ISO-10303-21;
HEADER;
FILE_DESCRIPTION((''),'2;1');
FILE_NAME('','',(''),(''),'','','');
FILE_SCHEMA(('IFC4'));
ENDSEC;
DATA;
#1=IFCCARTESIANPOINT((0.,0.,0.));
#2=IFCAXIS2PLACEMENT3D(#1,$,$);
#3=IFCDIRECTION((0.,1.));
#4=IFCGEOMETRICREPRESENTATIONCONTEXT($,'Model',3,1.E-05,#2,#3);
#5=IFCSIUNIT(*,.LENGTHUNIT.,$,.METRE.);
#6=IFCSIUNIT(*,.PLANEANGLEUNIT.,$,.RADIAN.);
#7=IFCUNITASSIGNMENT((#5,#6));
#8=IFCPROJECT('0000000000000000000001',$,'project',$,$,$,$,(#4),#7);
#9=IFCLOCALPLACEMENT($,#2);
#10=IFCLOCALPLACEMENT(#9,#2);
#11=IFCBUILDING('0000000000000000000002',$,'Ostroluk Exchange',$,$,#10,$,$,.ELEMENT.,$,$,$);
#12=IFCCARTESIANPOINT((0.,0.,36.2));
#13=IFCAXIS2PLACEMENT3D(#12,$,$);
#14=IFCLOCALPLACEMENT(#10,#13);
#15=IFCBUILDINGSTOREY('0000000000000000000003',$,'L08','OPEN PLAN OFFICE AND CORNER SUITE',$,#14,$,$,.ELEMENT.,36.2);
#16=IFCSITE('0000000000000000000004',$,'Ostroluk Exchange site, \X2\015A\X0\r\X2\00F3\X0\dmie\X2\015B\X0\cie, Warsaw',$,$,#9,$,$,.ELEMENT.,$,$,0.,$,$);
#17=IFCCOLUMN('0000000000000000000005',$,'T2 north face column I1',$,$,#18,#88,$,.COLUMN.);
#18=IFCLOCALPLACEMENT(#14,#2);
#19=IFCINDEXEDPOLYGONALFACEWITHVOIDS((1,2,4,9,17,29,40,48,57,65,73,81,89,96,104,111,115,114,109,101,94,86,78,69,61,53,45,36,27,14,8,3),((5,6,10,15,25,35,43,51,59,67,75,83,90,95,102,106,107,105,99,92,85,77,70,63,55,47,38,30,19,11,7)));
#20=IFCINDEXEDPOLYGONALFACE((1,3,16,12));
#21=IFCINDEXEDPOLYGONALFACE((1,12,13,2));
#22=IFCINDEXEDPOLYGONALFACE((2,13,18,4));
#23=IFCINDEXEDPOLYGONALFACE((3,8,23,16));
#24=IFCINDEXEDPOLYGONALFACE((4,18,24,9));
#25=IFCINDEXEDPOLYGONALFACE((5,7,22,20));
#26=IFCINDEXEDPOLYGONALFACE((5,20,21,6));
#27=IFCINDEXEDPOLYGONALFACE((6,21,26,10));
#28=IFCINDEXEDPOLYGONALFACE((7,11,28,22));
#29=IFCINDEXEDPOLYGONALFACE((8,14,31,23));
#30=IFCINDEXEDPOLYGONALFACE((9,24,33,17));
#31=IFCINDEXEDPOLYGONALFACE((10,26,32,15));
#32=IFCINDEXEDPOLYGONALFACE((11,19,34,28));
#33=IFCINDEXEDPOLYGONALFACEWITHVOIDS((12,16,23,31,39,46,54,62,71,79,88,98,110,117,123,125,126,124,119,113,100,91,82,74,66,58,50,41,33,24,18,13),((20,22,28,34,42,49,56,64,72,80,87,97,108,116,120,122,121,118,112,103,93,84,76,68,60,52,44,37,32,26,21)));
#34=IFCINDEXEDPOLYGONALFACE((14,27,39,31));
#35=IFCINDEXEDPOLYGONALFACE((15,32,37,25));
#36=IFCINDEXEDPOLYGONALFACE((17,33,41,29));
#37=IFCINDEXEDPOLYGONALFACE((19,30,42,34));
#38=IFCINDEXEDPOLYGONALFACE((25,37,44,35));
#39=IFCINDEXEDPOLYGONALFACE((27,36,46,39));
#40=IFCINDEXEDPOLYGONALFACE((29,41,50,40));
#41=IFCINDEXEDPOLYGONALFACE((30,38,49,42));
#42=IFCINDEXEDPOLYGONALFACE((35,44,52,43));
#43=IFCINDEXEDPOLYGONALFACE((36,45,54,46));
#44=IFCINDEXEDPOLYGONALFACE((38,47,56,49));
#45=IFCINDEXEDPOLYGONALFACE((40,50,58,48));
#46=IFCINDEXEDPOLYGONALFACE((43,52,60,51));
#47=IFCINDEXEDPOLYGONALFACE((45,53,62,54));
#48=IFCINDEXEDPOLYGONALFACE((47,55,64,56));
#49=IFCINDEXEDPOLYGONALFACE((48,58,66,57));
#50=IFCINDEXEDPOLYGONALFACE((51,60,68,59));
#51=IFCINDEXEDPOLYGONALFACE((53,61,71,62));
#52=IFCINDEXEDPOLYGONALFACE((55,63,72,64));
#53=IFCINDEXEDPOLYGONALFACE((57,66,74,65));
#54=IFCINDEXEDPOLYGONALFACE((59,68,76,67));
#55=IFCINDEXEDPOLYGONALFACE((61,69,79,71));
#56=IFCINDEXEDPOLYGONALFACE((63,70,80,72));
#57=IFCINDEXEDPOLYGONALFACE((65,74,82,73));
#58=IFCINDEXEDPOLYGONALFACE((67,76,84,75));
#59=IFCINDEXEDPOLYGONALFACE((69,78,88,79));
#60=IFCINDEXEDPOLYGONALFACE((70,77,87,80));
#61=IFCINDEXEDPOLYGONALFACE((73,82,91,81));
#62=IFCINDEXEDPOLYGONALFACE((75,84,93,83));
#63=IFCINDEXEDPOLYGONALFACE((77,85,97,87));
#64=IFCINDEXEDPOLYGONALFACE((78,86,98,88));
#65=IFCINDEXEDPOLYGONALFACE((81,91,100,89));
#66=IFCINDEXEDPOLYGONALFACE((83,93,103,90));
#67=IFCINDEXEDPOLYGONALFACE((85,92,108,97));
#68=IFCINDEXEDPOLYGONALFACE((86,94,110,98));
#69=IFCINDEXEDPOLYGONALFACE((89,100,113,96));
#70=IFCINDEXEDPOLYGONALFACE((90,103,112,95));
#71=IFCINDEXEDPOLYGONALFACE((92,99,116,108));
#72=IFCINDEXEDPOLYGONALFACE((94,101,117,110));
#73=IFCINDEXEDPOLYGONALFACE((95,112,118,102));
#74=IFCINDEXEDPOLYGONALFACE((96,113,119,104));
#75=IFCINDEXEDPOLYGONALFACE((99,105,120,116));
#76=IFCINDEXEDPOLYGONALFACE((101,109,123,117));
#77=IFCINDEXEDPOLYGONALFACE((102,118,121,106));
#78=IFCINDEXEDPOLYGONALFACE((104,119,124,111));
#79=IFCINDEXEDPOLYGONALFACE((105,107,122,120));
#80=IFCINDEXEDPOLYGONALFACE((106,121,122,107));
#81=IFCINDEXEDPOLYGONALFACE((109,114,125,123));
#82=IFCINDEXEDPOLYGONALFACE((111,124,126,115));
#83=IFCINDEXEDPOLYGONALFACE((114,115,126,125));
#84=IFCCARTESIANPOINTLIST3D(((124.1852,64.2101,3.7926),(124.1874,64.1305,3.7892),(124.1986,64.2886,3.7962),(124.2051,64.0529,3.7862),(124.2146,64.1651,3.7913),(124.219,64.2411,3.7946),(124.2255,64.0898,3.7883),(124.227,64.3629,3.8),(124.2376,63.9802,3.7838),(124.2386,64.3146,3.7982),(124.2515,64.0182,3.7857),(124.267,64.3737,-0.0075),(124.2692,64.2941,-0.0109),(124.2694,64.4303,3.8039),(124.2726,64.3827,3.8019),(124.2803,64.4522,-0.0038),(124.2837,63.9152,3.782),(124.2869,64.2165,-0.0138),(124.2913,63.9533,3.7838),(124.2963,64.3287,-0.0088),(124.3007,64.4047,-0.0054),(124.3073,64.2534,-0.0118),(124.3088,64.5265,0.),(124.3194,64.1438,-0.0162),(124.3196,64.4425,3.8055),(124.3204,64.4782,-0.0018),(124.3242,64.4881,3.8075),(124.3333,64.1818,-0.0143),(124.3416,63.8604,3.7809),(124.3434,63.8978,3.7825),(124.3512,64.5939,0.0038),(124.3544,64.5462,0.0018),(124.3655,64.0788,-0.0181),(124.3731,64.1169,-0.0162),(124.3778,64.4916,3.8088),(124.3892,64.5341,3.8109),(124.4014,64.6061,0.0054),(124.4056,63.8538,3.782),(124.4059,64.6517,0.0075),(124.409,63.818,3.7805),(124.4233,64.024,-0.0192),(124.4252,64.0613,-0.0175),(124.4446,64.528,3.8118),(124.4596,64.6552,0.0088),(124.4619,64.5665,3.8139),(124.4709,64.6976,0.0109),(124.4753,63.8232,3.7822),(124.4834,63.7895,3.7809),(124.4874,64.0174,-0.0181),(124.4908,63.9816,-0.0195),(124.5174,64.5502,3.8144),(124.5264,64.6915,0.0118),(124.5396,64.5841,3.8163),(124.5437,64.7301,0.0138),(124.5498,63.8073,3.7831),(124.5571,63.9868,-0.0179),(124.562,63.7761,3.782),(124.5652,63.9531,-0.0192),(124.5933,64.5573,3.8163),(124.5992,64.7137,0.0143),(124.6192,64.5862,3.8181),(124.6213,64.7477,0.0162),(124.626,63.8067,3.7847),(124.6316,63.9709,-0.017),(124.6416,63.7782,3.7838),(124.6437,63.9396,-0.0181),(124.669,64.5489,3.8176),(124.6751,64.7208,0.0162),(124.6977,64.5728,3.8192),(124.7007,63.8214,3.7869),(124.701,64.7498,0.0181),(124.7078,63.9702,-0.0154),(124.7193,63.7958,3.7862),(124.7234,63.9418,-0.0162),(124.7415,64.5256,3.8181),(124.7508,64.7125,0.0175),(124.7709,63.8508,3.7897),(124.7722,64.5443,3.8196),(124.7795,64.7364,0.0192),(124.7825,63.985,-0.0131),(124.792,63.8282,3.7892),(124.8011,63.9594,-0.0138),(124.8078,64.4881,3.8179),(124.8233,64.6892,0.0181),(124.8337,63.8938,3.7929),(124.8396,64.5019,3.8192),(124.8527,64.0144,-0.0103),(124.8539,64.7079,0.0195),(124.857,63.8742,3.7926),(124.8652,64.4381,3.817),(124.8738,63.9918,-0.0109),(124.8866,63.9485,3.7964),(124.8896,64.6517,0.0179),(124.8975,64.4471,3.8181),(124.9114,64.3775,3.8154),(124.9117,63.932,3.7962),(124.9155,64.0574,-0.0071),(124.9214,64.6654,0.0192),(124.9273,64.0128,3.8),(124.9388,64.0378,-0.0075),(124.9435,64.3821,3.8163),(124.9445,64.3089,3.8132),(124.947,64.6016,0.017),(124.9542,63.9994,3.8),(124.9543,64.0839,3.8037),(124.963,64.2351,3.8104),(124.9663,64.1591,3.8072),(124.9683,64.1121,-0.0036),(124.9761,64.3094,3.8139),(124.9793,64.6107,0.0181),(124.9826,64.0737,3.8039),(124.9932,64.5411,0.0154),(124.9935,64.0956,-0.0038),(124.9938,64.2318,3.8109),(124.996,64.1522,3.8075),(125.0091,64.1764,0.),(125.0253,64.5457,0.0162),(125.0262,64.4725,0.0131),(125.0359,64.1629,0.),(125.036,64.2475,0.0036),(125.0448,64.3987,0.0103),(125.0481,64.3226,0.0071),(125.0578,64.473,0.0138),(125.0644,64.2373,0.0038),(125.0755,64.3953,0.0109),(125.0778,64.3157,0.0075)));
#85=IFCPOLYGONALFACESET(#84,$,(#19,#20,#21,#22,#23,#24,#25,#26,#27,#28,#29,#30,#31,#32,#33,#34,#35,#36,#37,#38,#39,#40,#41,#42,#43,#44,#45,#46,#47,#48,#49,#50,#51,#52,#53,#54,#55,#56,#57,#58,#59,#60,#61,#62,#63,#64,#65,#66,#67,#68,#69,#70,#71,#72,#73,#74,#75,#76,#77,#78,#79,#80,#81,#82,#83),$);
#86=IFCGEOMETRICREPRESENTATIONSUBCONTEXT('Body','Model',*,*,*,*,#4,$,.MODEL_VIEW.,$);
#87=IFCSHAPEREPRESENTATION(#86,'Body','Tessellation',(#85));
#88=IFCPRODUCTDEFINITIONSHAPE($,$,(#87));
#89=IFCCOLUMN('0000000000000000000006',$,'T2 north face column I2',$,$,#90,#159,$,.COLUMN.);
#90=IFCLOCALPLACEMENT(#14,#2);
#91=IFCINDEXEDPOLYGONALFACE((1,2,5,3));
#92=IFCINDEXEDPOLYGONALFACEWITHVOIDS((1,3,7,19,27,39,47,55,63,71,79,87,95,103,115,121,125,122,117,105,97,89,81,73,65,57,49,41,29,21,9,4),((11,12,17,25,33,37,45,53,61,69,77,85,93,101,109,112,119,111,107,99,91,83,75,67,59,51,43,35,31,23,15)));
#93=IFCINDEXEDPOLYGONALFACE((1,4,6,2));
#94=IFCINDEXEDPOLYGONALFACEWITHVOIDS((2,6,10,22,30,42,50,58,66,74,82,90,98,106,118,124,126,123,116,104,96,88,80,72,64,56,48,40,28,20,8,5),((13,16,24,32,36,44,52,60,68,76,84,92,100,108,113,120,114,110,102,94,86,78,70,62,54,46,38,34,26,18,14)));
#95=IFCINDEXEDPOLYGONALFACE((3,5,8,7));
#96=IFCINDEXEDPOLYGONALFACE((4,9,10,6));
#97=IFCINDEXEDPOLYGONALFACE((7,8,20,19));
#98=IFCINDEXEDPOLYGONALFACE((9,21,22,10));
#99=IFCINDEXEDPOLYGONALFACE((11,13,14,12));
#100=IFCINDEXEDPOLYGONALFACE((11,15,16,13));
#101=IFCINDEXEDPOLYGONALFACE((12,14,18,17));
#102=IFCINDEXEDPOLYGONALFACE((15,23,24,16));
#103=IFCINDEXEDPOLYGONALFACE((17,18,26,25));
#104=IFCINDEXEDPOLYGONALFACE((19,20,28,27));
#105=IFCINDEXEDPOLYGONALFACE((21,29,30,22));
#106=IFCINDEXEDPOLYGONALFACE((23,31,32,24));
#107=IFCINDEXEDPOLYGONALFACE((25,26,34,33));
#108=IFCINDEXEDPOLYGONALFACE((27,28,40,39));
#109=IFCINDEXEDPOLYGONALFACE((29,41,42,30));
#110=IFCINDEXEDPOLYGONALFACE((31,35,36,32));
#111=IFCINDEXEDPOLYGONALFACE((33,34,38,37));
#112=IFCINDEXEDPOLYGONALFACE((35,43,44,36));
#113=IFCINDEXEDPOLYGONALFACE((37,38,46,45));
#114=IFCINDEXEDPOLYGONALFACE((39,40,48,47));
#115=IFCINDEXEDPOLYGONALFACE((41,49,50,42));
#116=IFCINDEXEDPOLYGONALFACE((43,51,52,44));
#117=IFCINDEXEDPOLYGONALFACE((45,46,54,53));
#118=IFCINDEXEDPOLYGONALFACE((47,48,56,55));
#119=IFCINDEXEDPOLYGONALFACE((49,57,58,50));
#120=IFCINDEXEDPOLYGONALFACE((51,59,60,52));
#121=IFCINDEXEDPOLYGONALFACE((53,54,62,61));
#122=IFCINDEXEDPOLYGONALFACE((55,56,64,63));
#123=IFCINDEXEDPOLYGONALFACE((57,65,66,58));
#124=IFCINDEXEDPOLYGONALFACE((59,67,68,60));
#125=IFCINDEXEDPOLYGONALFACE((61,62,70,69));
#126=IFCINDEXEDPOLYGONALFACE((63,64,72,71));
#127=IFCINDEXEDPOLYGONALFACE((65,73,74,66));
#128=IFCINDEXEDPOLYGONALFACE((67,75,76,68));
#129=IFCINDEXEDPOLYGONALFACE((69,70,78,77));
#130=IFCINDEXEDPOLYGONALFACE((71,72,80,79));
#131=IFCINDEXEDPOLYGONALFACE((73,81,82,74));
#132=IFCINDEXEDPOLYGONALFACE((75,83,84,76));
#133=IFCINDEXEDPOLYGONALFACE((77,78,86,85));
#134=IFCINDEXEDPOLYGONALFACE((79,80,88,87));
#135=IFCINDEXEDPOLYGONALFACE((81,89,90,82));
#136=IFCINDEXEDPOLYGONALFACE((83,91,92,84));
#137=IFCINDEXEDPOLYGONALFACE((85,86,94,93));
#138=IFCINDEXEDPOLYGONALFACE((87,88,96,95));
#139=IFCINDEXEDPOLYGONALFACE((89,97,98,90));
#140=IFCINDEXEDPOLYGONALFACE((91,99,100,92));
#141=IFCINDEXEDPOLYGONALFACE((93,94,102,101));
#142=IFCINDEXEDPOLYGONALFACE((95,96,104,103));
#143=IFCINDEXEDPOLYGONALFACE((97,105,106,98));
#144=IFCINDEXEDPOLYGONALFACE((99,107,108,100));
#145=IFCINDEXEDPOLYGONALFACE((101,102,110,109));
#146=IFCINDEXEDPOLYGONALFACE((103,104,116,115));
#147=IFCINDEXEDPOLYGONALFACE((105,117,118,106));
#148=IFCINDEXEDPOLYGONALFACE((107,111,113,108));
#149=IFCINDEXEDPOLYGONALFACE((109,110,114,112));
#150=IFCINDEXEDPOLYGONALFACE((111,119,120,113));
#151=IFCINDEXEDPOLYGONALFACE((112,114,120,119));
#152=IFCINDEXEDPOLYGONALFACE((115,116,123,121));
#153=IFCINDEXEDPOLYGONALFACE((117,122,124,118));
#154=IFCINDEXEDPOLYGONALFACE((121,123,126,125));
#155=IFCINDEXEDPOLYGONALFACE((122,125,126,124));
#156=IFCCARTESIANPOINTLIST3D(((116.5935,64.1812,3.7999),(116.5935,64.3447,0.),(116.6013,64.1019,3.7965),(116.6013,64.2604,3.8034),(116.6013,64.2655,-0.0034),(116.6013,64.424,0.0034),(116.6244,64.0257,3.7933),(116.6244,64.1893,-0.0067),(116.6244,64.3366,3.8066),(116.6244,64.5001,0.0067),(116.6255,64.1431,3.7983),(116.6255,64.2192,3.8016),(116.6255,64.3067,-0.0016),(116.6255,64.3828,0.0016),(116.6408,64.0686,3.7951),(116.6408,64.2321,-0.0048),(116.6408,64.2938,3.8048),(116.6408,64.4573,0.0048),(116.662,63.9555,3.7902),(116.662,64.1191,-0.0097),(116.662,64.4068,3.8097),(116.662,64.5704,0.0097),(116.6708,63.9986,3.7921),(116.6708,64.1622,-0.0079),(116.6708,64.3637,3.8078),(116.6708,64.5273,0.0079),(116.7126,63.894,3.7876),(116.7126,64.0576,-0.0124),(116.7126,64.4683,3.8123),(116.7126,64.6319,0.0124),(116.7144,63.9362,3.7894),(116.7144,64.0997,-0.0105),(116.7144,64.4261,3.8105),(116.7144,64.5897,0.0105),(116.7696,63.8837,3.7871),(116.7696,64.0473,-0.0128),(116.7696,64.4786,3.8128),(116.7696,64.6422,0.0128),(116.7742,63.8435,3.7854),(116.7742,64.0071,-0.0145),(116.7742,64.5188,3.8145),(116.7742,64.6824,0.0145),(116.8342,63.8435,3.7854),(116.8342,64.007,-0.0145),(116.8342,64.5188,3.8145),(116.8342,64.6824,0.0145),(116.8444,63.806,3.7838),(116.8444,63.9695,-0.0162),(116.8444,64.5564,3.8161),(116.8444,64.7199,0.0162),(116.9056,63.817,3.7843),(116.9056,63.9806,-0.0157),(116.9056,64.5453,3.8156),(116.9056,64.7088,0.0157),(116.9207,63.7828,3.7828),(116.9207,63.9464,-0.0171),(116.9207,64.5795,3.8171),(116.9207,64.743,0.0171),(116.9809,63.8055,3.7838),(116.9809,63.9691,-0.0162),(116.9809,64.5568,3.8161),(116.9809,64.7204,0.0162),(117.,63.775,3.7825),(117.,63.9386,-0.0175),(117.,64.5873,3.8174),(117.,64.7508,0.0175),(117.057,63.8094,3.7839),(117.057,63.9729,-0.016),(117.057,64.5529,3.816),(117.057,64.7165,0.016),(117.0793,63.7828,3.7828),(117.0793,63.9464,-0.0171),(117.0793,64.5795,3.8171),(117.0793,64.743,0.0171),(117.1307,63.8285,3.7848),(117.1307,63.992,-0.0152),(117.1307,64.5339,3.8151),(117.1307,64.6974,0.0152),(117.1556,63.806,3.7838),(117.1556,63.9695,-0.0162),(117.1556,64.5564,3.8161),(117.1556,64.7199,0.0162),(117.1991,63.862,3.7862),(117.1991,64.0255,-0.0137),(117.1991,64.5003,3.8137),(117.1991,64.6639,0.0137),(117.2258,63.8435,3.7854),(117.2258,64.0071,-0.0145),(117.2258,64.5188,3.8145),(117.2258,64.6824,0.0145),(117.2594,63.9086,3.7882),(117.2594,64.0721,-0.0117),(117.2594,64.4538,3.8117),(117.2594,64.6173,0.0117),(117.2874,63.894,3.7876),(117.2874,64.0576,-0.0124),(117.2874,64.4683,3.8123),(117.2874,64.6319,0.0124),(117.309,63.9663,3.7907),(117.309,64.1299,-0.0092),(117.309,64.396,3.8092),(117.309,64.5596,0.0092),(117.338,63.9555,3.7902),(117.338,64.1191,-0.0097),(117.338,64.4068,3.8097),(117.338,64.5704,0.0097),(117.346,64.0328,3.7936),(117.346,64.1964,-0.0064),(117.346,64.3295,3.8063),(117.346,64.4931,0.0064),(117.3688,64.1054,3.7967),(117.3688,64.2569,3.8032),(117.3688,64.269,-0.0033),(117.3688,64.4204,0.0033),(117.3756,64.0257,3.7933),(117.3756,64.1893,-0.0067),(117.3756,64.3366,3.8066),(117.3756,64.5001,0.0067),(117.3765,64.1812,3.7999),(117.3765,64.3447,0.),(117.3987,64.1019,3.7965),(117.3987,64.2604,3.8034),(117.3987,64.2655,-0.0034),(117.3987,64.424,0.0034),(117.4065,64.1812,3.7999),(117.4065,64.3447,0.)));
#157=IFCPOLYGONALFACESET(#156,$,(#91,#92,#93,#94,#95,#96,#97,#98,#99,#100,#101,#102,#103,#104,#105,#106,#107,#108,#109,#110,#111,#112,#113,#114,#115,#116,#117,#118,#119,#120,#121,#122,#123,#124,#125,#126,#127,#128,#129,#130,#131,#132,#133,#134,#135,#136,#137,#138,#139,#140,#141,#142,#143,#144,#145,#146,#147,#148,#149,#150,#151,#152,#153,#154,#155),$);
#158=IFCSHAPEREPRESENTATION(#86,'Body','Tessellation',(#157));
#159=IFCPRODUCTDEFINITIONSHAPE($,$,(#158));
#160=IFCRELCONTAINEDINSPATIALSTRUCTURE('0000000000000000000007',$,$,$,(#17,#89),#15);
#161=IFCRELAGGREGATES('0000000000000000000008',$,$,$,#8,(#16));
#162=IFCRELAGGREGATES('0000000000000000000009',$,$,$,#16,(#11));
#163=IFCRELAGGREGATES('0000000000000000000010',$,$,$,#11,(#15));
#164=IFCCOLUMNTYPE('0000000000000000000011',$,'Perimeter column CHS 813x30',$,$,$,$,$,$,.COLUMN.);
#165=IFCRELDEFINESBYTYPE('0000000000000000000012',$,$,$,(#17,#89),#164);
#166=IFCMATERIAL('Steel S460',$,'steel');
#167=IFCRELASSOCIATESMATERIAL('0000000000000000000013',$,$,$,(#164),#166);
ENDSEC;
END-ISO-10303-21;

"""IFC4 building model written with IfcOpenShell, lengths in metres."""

from ifc_helpers import new_model, si_unit, direction, frame, origin, origin_2d, place, context, subcontext, project, spatial, hollow_circle, extrude, material, material_profile, profile_set, type_object, element, save


model = new_model("IFC4")

# Units and contexts
model_context = context("Model", 3, precision=1e-05, world=origin(), true_north=direction((0.0, 1.0)))
body_context = subcontext(model_context, "Body", "Model", "MODEL_VIEW")
ifc_project = project(units=[si_unit("LENGTHUNIT", "METRE"), si_unit("PLANEANGLEUNIT", "RADIAN")], contexts=[model_context])

# Site, building, storey
site_placement = place(None, origin())
site = spatial("IfcSite", under=ifc_project, at=site_placement, Name="Ostroluk Exchange site, Śródmieście, Warsaw", CompositionType="ELEMENT", RefElevation=0.0)
building_placement = place(site_placement, origin())
building = spatial("IfcBuilding", under=site, at=building_placement, Name="Ostroluk Exchange", CompositionType="ELEMENT")
storey_placement = place(building_placement, frame((0.0, 0.0, 36.2)))
storey = spatial("IfcBuildingStorey", under=building, at=storey_placement, Name="L08", Description="OPEN PLAN OFFICE AND CORNER SUITE", CompositionType="ELEMENT", Elevation=36.2)

# Columns
ifc_material_1 = material(Name="Steel S460", Category="steel")
ifc_material_profile_1 = material_profile(ifc_material_1, hollow_circle(Radius=0.4065, WallThickness=0.03, at=origin_2d()), Name="CHS 813x30")
ifc_profile_set_1 = profile_set([ifc_material_profile_1], Name="Steel S460")
column_type = type_object("IfcColumnType", Name="Perimeter column CHS 813x30", PredefinedType="COLUMN", material=ifc_profile_set_1)
column_1_placement = place(storey_placement, frame((124.6724, 64.3447, 0.0), z_axis=(-0.021498, -0.042996, 0.998844), x_axis=(0.894427, -0.447214, 0.0)))
element("IfcColumn", 1, at=column_1_placement, inside=storey, type_object=column_type, Name="T2 north face column I1", PredefinedType="COLUMN", context=body_context, shape_type="SweptSolid", body=[
    extrude(hollow_circle(Radius=0.4065, WallThickness=0.03, at=origin_2d()), origin(), (0.0, 0.0, 1.0), 3.8044),
])
column_2_placement = place(storey_placement, frame((117.0, 64.3447, 0.0), z_axis=(0.0, -0.043005, 0.999075), x_axis=(1.0, 0.0, 0.0)))
element("IfcColumn", 2, at=column_2_placement, inside=storey, type_object=column_type, Name="T2 north face column I2", PredefinedType="COLUMN", context=body_context, shape_type="SweptSolid", body=[
    extrude(hollow_circle(Radius=0.4065, WallThickness=0.03, at=origin_2d()), origin(), (0.0, 0.0, 1.0), 3.8035),
])

save(model, "model.ifc")
